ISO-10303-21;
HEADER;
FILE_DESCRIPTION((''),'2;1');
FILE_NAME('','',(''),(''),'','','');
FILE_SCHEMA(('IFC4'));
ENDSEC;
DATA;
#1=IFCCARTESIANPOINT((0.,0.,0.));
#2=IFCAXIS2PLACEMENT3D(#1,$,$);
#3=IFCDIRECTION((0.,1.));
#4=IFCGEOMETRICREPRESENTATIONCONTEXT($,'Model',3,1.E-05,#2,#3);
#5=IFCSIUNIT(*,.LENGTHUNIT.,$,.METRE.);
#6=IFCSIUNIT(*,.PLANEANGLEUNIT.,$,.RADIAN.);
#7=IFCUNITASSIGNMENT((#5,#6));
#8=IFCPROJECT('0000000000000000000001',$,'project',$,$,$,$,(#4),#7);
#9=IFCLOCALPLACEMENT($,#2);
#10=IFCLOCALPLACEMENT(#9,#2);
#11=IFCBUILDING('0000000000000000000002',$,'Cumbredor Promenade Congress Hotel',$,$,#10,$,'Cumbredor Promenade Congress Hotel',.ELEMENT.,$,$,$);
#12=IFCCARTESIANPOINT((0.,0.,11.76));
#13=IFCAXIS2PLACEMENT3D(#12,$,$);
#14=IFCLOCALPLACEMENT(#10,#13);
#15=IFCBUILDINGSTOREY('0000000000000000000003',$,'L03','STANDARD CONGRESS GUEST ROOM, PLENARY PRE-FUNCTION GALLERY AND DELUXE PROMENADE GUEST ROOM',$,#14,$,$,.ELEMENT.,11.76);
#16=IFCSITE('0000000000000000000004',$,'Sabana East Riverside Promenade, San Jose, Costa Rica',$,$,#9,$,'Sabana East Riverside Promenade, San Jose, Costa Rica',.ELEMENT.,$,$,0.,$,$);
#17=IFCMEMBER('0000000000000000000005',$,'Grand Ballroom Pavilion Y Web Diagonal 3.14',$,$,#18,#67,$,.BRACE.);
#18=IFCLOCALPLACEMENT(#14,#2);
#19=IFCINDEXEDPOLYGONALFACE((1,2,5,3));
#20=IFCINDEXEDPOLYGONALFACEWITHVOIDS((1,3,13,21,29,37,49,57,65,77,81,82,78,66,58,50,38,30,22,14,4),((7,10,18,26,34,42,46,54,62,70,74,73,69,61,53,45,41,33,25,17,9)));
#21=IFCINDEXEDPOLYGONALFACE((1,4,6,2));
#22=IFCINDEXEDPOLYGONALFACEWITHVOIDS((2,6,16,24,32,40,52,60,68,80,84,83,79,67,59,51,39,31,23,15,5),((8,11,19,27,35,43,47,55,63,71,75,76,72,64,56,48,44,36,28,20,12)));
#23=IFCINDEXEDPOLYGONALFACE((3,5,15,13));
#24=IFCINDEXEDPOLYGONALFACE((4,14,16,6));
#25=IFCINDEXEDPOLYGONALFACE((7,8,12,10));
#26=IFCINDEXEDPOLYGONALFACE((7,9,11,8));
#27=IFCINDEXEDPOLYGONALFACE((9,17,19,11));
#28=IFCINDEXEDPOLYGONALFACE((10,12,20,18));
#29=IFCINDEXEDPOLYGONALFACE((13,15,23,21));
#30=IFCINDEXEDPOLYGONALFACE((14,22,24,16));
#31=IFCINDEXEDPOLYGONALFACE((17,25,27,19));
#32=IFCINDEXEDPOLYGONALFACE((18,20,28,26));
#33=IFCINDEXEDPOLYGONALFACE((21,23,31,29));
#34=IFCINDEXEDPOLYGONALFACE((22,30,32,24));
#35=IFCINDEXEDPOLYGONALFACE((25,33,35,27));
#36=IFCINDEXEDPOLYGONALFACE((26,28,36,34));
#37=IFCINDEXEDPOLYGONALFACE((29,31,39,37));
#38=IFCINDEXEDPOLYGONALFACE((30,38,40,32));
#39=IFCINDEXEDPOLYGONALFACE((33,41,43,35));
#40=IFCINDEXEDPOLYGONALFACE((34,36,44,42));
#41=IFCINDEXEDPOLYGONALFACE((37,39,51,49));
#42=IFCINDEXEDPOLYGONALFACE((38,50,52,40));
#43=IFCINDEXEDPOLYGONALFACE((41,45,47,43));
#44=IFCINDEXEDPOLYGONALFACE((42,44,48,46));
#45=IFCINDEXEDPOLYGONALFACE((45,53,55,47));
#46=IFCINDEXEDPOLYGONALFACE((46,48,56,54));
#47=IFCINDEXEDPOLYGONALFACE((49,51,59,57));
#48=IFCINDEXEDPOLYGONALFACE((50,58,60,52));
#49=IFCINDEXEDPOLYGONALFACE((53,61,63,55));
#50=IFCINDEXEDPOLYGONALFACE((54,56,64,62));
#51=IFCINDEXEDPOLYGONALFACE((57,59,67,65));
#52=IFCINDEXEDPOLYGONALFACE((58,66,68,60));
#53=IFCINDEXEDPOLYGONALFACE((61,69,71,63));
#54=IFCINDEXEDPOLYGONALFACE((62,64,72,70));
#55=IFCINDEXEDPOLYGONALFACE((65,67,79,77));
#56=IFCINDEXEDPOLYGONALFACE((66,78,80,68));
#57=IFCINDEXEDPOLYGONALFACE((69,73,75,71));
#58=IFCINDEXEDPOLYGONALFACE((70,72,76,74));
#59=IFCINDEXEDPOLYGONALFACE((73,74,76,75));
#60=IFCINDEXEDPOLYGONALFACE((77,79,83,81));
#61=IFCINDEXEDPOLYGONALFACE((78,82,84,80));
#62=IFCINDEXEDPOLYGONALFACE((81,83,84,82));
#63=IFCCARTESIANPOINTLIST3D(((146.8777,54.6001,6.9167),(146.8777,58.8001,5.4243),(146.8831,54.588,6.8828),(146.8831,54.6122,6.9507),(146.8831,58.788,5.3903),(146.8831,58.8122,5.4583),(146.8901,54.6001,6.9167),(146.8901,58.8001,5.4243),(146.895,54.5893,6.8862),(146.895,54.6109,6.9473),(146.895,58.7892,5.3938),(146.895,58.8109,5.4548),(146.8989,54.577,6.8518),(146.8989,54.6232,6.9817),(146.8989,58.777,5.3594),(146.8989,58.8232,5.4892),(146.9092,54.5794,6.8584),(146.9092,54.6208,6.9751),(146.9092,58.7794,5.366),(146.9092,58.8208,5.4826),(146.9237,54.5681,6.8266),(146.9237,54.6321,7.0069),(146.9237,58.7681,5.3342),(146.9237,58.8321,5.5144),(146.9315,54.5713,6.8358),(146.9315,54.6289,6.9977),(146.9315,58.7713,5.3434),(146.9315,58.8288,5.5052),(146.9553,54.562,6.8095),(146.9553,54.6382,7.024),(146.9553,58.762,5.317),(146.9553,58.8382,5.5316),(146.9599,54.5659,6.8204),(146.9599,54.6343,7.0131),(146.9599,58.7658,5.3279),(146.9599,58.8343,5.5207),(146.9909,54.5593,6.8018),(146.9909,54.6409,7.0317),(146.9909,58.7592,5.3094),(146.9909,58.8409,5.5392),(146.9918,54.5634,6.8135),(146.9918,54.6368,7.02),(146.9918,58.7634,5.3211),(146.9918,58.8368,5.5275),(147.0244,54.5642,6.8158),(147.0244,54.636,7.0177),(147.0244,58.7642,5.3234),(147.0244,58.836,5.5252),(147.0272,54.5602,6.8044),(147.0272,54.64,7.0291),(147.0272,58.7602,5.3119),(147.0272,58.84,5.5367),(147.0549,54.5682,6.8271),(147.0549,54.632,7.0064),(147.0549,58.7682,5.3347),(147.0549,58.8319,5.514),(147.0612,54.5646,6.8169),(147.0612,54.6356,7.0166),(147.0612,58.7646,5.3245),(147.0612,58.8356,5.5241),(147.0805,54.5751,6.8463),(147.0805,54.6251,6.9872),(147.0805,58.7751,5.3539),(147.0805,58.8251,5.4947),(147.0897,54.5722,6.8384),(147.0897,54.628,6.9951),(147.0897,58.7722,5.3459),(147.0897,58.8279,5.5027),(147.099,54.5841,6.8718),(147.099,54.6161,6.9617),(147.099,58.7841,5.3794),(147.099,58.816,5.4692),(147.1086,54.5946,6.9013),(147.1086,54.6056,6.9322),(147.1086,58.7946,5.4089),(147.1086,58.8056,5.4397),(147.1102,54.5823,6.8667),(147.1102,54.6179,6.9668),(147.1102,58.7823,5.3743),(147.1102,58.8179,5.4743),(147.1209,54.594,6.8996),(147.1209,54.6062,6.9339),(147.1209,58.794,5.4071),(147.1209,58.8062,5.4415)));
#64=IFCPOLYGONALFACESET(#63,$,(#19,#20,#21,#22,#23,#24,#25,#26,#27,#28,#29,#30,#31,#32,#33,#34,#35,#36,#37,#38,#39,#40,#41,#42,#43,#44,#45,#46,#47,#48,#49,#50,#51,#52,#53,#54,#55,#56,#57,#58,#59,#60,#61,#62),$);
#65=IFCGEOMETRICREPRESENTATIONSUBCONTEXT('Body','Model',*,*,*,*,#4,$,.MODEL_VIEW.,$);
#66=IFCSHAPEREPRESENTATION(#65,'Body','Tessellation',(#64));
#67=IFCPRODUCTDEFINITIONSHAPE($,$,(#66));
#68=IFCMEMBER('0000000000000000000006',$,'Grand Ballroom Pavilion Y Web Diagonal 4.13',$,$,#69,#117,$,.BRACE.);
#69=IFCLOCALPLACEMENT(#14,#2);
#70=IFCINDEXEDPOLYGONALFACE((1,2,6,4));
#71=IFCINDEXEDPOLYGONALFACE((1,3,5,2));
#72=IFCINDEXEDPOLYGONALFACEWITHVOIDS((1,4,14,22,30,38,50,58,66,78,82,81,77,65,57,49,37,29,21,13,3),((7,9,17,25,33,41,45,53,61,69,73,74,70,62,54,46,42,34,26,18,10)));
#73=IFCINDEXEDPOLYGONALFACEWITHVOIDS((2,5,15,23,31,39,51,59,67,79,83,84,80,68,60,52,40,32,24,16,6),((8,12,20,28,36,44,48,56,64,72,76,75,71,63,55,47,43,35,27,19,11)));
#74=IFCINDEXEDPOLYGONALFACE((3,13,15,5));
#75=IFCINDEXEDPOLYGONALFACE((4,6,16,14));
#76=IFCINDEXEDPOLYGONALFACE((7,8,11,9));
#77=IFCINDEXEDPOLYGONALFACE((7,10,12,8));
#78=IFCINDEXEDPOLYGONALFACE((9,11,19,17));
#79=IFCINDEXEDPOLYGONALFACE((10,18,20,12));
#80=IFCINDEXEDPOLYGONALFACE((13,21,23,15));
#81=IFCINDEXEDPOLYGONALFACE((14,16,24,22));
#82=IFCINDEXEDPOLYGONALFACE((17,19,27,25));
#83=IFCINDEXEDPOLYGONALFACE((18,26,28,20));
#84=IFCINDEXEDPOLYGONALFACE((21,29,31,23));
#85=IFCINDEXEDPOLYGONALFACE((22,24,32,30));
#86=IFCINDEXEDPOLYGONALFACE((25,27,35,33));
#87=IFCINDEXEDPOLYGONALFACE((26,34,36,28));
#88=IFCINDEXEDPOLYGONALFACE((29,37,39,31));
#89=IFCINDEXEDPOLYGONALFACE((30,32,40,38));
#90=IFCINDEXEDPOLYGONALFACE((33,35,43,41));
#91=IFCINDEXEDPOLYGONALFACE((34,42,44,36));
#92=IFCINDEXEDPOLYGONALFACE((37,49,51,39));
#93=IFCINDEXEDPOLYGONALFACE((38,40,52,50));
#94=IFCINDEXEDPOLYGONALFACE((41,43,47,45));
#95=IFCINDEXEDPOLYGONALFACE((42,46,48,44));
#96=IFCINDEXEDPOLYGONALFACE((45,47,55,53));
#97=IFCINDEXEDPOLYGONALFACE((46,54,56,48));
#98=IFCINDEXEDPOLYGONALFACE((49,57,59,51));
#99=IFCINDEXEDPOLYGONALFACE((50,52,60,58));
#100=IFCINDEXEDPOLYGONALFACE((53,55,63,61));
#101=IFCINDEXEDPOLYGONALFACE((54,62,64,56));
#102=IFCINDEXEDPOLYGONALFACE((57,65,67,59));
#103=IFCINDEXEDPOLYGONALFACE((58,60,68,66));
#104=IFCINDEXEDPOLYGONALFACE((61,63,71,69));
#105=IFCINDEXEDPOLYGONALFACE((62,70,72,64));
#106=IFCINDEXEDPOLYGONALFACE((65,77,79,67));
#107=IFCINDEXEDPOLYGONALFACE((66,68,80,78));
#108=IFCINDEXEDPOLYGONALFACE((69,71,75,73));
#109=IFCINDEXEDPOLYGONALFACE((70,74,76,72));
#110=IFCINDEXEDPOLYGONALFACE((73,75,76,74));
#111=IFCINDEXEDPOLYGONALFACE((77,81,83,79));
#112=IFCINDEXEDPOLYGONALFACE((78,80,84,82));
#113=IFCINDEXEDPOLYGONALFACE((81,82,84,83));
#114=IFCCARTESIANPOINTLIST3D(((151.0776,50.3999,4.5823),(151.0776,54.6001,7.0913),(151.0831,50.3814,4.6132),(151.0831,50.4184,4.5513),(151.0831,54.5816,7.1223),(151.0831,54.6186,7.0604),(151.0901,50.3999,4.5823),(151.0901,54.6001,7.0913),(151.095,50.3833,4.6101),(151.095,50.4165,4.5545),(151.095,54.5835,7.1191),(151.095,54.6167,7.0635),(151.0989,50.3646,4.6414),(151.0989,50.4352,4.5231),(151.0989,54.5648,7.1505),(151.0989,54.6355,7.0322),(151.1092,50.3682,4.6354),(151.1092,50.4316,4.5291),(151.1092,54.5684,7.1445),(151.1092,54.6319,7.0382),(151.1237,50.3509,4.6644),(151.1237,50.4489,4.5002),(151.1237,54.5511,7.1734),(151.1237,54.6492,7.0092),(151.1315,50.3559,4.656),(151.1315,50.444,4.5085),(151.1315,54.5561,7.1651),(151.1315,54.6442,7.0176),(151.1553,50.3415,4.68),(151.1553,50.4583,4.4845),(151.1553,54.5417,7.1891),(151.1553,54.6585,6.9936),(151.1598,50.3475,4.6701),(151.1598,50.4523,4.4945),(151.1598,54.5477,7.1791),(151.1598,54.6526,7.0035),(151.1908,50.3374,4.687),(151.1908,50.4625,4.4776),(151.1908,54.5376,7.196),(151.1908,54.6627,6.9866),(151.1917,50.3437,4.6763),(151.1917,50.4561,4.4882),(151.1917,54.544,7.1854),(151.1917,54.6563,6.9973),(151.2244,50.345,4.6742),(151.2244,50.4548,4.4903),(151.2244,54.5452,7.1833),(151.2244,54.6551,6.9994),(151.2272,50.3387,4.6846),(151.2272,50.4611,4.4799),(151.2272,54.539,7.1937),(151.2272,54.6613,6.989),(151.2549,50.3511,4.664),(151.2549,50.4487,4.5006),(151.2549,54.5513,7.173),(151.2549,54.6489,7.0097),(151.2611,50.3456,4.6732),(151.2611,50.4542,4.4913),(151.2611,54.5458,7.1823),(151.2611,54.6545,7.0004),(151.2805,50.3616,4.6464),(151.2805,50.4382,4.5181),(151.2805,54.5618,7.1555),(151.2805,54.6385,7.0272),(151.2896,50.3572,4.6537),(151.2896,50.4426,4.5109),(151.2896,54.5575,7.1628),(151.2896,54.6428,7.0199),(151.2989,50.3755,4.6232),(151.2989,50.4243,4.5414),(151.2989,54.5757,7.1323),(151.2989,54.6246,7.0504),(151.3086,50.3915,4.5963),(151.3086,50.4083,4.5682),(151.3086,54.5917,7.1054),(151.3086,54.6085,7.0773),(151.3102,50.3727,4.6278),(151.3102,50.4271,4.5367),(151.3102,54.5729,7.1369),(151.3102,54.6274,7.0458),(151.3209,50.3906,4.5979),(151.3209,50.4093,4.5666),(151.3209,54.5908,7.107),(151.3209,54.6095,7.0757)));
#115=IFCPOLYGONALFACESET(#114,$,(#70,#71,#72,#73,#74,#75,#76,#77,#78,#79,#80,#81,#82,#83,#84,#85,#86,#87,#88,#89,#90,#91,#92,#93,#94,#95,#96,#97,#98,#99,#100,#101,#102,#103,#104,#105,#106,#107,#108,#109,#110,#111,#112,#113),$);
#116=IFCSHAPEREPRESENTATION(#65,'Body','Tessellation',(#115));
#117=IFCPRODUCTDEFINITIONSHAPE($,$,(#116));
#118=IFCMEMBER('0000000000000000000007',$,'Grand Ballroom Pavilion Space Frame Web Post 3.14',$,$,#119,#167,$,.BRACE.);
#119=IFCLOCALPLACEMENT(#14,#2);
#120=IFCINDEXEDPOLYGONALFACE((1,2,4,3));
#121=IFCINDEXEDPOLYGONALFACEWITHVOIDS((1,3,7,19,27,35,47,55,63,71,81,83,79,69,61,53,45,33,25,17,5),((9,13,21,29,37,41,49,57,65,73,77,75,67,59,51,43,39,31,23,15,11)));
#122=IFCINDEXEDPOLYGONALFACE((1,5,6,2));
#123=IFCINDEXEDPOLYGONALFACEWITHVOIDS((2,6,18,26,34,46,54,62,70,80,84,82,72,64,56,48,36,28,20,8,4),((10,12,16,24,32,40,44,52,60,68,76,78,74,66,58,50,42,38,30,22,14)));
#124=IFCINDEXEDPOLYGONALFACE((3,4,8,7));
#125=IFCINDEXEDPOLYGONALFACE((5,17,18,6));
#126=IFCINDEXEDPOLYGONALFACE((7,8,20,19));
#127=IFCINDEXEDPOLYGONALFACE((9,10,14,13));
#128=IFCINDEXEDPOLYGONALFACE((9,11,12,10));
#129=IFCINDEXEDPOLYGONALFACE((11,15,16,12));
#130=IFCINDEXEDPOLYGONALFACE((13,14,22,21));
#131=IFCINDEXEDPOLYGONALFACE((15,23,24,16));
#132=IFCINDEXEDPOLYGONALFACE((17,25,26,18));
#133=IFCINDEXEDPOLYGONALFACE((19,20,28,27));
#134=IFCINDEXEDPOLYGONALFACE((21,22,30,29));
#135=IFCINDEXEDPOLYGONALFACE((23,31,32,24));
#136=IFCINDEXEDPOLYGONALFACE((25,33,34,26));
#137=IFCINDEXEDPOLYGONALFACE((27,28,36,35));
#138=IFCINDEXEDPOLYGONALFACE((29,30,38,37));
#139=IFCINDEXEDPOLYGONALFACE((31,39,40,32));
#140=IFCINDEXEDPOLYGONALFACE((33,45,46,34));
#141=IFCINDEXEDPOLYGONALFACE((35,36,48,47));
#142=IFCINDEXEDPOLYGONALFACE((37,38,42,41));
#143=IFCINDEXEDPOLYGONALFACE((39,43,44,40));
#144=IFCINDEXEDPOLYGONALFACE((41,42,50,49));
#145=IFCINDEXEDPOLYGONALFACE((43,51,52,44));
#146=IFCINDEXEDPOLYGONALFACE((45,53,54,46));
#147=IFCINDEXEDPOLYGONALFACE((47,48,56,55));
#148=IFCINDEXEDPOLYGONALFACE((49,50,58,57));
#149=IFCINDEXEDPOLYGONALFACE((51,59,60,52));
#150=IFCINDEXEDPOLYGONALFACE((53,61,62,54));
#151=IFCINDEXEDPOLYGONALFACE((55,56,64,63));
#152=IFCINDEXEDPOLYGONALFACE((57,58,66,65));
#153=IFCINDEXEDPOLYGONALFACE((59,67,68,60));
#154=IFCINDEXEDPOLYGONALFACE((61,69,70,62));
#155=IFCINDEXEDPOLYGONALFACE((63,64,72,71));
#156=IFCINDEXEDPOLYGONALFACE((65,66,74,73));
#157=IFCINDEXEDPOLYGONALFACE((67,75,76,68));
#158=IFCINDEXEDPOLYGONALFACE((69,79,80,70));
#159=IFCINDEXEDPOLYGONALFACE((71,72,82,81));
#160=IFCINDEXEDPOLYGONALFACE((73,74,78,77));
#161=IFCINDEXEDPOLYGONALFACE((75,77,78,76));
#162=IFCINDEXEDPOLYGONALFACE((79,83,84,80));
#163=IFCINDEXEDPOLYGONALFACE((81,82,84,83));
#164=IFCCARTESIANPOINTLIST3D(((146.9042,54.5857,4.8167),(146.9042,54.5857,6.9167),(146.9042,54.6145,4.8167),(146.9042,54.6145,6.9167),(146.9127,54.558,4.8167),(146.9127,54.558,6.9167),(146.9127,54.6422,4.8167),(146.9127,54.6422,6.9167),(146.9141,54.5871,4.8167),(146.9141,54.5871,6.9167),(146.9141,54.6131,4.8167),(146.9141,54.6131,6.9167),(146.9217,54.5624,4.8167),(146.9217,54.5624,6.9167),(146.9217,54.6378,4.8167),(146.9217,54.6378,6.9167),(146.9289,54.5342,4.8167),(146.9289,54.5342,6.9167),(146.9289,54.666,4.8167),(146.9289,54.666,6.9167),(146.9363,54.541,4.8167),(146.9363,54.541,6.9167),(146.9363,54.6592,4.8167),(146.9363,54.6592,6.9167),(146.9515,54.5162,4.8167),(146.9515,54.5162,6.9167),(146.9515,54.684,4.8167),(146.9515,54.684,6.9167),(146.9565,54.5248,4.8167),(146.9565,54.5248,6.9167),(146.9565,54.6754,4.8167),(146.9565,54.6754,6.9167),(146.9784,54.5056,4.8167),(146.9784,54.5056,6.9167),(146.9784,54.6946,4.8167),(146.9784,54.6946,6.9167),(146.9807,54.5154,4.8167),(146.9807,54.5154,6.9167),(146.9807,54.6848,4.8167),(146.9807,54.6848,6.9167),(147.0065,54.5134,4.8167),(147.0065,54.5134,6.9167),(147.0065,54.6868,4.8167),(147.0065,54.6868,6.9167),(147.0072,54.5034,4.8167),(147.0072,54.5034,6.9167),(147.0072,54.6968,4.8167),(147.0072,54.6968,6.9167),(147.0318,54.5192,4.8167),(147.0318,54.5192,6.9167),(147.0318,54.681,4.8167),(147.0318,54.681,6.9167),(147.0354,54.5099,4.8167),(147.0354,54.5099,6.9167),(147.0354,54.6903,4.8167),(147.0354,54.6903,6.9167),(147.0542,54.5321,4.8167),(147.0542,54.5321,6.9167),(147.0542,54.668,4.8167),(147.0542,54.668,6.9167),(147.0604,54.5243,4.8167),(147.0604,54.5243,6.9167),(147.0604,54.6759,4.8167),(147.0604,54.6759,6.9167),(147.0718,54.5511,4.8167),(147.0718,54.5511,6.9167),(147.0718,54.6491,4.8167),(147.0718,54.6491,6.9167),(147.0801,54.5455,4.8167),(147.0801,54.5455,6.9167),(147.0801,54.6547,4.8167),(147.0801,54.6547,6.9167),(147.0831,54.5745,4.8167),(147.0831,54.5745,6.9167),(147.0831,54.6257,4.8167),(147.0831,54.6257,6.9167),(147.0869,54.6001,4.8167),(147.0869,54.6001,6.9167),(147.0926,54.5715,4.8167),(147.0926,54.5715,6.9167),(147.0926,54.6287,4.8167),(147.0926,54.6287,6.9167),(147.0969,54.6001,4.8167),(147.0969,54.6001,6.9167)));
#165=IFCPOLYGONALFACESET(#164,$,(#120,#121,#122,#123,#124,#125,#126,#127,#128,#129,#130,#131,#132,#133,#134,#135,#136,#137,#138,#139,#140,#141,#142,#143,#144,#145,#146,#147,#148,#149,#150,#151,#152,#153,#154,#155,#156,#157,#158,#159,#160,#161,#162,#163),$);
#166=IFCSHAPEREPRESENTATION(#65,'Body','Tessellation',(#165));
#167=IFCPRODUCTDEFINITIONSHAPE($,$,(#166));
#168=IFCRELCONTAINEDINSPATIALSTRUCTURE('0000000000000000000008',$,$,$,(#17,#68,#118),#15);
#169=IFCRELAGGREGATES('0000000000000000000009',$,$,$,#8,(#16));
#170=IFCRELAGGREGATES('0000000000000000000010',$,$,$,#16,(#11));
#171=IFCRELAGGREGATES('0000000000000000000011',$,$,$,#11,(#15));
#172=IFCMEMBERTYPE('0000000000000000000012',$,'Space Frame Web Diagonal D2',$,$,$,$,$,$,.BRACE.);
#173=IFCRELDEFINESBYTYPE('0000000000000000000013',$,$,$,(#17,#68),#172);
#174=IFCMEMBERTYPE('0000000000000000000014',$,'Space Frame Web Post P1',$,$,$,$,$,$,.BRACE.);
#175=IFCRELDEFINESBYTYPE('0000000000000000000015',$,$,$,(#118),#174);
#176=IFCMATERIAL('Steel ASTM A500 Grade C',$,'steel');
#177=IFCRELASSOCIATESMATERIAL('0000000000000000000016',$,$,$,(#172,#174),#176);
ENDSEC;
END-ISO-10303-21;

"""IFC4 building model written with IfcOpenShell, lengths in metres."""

from ifc_helpers import new_model, si_unit, direction, frame, origin, origin_2d, place, context, subcontext, project, spatial, hollow_circle, extrude, material, material_profile, profile_set, type_object, element, save


model = new_model("IFC4")

# Units and contexts
model_context = context("Model", 3, precision=1e-05, world=origin(), true_north=direction((0.0, 1.0)))
body_context = subcontext(model_context, "Body", "Model", "MODEL_VIEW")
ifc_project = project(units=[si_unit("LENGTHUNIT", "METRE"), si_unit("PLANEANGLEUNIT", "RADIAN")], contexts=[model_context])

# Site, building, storey
site_placement = place(None, origin())
site = spatial("IfcSite", under=ifc_project, at=site_placement, Name="Sabana East Riverside Promenade, San Jose, Costa Rica", LongName="Sabana East Riverside Promenade, San Jose, Costa Rica", CompositionType="ELEMENT", RefElevation=0.0)
building_placement = place(site_placement, origin())
building = spatial("IfcBuilding", under=site, at=building_placement, Name="Cumbredor Promenade Congress Hotel", LongName="Cumbredor Promenade Congress Hotel", CompositionType="ELEMENT")
storey_placement = place(building_placement, frame((0.0, 0.0, 11.76)))
storey = spatial("IfcBuildingStorey", under=building, at=storey_placement, Name="L03", Description="STANDARD CONGRESS GUEST ROOM, PLENARY PRE-FUNCTION GALLERY AND DELUXE PROMENADE GUEST ROOM", CompositionType="ELEMENT", Elevation=11.76)

# Shared definitions
ifc_material_1 = material(Name="Steel ASTM A500 Grade C", Category="steel")

# Members
ifc_material_profile_1 = material_profile(ifc_material_1, hollow_circle(Radius=0.1223, WallThickness=0.0125, at=origin_2d()), Name="CHS 244.5x12.5")
ifc_profile_set_1 = profile_set([ifc_material_profile_1], Name="Steel ASTM A500 Grade C")
member_type_1 = type_object("IfcMemberType", Name="Space Frame Web Diagonal D2", PredefinedType="BRACE", material=ifc_profile_set_1)
member_1_placement = place(storey_placement, frame((147.0, 54.6001, 6.9167), z_axis=(0.0, 0.942277, -0.334834), x_axis=(-1.0, 0.0, 0.0)))
element("IfcMember", 1, at=member_1_placement, inside=storey, type_object=member_type_1, Name="Grand Ballroom Pavilion Y Web Diagonal 3.14", PredefinedType="BRACE", context=body_context, shape_type="SweptSolid", body=[
    extrude(hollow_circle(Radius=0.1223, WallThickness=0.0125, at=origin_2d()), origin(), (0.0, 0.0, 1.0), 4.4573),
])
member_2_placement = place(storey_placement, frame((151.2, 50.3999, 4.5823), z_axis=(0.0, 0.858491, 0.512829), x_axis=(-1.0, 0.0, 0.0)))
element("IfcMember", 2, at=member_2_placement, inside=storey, type_object=member_type_1, Name="Grand Ballroom Pavilion Y Web Diagonal 4.13", PredefinedType="BRACE", context=body_context, shape_type="SweptSolid", body=[
    extrude(hollow_circle(Radius=0.1223, WallThickness=0.0125, at=origin_2d()), origin(), (0.0, 0.0, 1.0), 4.8926),
])
ifc_material_profile_2 = material_profile(ifc_material_1, hollow_circle(Radius=0.0969, WallThickness=0.01, at=origin_2d()), Name="CHS 193.7x10")
ifc_profile_set_2 = profile_set([ifc_material_profile_2], Name="Steel ASTM A500 Grade C")
member_type_2 = type_object("IfcMemberType", Name="Space Frame Web Post P1", PredefinedType="BRACE", material=ifc_profile_set_2)
for number, where, z_axis, x_axis, name in (
    (3, (147.0, 54.6001, 4.8167), (0.0, 0.0, 1.0), (1.0, 0.0, 0.0), "Grand Ballroom Pavilion Space Frame Web Post 3.14"),
):
    element("IfcMember", number, at=place(storey_placement, frame(where, z_axis=z_axis, x_axis=x_axis)), inside=storey, type_object=member_type_2, Name=name, PredefinedType="BRACE", context=body_context, shape_type="SweptSolid", body=[
        extrude(hollow_circle(Radius=0.0969, WallThickness=0.01, at=origin_2d()), origin(), (0.0, 0.0, 1.0), 2.1001),
    ])

save(model, "model.ifc")
